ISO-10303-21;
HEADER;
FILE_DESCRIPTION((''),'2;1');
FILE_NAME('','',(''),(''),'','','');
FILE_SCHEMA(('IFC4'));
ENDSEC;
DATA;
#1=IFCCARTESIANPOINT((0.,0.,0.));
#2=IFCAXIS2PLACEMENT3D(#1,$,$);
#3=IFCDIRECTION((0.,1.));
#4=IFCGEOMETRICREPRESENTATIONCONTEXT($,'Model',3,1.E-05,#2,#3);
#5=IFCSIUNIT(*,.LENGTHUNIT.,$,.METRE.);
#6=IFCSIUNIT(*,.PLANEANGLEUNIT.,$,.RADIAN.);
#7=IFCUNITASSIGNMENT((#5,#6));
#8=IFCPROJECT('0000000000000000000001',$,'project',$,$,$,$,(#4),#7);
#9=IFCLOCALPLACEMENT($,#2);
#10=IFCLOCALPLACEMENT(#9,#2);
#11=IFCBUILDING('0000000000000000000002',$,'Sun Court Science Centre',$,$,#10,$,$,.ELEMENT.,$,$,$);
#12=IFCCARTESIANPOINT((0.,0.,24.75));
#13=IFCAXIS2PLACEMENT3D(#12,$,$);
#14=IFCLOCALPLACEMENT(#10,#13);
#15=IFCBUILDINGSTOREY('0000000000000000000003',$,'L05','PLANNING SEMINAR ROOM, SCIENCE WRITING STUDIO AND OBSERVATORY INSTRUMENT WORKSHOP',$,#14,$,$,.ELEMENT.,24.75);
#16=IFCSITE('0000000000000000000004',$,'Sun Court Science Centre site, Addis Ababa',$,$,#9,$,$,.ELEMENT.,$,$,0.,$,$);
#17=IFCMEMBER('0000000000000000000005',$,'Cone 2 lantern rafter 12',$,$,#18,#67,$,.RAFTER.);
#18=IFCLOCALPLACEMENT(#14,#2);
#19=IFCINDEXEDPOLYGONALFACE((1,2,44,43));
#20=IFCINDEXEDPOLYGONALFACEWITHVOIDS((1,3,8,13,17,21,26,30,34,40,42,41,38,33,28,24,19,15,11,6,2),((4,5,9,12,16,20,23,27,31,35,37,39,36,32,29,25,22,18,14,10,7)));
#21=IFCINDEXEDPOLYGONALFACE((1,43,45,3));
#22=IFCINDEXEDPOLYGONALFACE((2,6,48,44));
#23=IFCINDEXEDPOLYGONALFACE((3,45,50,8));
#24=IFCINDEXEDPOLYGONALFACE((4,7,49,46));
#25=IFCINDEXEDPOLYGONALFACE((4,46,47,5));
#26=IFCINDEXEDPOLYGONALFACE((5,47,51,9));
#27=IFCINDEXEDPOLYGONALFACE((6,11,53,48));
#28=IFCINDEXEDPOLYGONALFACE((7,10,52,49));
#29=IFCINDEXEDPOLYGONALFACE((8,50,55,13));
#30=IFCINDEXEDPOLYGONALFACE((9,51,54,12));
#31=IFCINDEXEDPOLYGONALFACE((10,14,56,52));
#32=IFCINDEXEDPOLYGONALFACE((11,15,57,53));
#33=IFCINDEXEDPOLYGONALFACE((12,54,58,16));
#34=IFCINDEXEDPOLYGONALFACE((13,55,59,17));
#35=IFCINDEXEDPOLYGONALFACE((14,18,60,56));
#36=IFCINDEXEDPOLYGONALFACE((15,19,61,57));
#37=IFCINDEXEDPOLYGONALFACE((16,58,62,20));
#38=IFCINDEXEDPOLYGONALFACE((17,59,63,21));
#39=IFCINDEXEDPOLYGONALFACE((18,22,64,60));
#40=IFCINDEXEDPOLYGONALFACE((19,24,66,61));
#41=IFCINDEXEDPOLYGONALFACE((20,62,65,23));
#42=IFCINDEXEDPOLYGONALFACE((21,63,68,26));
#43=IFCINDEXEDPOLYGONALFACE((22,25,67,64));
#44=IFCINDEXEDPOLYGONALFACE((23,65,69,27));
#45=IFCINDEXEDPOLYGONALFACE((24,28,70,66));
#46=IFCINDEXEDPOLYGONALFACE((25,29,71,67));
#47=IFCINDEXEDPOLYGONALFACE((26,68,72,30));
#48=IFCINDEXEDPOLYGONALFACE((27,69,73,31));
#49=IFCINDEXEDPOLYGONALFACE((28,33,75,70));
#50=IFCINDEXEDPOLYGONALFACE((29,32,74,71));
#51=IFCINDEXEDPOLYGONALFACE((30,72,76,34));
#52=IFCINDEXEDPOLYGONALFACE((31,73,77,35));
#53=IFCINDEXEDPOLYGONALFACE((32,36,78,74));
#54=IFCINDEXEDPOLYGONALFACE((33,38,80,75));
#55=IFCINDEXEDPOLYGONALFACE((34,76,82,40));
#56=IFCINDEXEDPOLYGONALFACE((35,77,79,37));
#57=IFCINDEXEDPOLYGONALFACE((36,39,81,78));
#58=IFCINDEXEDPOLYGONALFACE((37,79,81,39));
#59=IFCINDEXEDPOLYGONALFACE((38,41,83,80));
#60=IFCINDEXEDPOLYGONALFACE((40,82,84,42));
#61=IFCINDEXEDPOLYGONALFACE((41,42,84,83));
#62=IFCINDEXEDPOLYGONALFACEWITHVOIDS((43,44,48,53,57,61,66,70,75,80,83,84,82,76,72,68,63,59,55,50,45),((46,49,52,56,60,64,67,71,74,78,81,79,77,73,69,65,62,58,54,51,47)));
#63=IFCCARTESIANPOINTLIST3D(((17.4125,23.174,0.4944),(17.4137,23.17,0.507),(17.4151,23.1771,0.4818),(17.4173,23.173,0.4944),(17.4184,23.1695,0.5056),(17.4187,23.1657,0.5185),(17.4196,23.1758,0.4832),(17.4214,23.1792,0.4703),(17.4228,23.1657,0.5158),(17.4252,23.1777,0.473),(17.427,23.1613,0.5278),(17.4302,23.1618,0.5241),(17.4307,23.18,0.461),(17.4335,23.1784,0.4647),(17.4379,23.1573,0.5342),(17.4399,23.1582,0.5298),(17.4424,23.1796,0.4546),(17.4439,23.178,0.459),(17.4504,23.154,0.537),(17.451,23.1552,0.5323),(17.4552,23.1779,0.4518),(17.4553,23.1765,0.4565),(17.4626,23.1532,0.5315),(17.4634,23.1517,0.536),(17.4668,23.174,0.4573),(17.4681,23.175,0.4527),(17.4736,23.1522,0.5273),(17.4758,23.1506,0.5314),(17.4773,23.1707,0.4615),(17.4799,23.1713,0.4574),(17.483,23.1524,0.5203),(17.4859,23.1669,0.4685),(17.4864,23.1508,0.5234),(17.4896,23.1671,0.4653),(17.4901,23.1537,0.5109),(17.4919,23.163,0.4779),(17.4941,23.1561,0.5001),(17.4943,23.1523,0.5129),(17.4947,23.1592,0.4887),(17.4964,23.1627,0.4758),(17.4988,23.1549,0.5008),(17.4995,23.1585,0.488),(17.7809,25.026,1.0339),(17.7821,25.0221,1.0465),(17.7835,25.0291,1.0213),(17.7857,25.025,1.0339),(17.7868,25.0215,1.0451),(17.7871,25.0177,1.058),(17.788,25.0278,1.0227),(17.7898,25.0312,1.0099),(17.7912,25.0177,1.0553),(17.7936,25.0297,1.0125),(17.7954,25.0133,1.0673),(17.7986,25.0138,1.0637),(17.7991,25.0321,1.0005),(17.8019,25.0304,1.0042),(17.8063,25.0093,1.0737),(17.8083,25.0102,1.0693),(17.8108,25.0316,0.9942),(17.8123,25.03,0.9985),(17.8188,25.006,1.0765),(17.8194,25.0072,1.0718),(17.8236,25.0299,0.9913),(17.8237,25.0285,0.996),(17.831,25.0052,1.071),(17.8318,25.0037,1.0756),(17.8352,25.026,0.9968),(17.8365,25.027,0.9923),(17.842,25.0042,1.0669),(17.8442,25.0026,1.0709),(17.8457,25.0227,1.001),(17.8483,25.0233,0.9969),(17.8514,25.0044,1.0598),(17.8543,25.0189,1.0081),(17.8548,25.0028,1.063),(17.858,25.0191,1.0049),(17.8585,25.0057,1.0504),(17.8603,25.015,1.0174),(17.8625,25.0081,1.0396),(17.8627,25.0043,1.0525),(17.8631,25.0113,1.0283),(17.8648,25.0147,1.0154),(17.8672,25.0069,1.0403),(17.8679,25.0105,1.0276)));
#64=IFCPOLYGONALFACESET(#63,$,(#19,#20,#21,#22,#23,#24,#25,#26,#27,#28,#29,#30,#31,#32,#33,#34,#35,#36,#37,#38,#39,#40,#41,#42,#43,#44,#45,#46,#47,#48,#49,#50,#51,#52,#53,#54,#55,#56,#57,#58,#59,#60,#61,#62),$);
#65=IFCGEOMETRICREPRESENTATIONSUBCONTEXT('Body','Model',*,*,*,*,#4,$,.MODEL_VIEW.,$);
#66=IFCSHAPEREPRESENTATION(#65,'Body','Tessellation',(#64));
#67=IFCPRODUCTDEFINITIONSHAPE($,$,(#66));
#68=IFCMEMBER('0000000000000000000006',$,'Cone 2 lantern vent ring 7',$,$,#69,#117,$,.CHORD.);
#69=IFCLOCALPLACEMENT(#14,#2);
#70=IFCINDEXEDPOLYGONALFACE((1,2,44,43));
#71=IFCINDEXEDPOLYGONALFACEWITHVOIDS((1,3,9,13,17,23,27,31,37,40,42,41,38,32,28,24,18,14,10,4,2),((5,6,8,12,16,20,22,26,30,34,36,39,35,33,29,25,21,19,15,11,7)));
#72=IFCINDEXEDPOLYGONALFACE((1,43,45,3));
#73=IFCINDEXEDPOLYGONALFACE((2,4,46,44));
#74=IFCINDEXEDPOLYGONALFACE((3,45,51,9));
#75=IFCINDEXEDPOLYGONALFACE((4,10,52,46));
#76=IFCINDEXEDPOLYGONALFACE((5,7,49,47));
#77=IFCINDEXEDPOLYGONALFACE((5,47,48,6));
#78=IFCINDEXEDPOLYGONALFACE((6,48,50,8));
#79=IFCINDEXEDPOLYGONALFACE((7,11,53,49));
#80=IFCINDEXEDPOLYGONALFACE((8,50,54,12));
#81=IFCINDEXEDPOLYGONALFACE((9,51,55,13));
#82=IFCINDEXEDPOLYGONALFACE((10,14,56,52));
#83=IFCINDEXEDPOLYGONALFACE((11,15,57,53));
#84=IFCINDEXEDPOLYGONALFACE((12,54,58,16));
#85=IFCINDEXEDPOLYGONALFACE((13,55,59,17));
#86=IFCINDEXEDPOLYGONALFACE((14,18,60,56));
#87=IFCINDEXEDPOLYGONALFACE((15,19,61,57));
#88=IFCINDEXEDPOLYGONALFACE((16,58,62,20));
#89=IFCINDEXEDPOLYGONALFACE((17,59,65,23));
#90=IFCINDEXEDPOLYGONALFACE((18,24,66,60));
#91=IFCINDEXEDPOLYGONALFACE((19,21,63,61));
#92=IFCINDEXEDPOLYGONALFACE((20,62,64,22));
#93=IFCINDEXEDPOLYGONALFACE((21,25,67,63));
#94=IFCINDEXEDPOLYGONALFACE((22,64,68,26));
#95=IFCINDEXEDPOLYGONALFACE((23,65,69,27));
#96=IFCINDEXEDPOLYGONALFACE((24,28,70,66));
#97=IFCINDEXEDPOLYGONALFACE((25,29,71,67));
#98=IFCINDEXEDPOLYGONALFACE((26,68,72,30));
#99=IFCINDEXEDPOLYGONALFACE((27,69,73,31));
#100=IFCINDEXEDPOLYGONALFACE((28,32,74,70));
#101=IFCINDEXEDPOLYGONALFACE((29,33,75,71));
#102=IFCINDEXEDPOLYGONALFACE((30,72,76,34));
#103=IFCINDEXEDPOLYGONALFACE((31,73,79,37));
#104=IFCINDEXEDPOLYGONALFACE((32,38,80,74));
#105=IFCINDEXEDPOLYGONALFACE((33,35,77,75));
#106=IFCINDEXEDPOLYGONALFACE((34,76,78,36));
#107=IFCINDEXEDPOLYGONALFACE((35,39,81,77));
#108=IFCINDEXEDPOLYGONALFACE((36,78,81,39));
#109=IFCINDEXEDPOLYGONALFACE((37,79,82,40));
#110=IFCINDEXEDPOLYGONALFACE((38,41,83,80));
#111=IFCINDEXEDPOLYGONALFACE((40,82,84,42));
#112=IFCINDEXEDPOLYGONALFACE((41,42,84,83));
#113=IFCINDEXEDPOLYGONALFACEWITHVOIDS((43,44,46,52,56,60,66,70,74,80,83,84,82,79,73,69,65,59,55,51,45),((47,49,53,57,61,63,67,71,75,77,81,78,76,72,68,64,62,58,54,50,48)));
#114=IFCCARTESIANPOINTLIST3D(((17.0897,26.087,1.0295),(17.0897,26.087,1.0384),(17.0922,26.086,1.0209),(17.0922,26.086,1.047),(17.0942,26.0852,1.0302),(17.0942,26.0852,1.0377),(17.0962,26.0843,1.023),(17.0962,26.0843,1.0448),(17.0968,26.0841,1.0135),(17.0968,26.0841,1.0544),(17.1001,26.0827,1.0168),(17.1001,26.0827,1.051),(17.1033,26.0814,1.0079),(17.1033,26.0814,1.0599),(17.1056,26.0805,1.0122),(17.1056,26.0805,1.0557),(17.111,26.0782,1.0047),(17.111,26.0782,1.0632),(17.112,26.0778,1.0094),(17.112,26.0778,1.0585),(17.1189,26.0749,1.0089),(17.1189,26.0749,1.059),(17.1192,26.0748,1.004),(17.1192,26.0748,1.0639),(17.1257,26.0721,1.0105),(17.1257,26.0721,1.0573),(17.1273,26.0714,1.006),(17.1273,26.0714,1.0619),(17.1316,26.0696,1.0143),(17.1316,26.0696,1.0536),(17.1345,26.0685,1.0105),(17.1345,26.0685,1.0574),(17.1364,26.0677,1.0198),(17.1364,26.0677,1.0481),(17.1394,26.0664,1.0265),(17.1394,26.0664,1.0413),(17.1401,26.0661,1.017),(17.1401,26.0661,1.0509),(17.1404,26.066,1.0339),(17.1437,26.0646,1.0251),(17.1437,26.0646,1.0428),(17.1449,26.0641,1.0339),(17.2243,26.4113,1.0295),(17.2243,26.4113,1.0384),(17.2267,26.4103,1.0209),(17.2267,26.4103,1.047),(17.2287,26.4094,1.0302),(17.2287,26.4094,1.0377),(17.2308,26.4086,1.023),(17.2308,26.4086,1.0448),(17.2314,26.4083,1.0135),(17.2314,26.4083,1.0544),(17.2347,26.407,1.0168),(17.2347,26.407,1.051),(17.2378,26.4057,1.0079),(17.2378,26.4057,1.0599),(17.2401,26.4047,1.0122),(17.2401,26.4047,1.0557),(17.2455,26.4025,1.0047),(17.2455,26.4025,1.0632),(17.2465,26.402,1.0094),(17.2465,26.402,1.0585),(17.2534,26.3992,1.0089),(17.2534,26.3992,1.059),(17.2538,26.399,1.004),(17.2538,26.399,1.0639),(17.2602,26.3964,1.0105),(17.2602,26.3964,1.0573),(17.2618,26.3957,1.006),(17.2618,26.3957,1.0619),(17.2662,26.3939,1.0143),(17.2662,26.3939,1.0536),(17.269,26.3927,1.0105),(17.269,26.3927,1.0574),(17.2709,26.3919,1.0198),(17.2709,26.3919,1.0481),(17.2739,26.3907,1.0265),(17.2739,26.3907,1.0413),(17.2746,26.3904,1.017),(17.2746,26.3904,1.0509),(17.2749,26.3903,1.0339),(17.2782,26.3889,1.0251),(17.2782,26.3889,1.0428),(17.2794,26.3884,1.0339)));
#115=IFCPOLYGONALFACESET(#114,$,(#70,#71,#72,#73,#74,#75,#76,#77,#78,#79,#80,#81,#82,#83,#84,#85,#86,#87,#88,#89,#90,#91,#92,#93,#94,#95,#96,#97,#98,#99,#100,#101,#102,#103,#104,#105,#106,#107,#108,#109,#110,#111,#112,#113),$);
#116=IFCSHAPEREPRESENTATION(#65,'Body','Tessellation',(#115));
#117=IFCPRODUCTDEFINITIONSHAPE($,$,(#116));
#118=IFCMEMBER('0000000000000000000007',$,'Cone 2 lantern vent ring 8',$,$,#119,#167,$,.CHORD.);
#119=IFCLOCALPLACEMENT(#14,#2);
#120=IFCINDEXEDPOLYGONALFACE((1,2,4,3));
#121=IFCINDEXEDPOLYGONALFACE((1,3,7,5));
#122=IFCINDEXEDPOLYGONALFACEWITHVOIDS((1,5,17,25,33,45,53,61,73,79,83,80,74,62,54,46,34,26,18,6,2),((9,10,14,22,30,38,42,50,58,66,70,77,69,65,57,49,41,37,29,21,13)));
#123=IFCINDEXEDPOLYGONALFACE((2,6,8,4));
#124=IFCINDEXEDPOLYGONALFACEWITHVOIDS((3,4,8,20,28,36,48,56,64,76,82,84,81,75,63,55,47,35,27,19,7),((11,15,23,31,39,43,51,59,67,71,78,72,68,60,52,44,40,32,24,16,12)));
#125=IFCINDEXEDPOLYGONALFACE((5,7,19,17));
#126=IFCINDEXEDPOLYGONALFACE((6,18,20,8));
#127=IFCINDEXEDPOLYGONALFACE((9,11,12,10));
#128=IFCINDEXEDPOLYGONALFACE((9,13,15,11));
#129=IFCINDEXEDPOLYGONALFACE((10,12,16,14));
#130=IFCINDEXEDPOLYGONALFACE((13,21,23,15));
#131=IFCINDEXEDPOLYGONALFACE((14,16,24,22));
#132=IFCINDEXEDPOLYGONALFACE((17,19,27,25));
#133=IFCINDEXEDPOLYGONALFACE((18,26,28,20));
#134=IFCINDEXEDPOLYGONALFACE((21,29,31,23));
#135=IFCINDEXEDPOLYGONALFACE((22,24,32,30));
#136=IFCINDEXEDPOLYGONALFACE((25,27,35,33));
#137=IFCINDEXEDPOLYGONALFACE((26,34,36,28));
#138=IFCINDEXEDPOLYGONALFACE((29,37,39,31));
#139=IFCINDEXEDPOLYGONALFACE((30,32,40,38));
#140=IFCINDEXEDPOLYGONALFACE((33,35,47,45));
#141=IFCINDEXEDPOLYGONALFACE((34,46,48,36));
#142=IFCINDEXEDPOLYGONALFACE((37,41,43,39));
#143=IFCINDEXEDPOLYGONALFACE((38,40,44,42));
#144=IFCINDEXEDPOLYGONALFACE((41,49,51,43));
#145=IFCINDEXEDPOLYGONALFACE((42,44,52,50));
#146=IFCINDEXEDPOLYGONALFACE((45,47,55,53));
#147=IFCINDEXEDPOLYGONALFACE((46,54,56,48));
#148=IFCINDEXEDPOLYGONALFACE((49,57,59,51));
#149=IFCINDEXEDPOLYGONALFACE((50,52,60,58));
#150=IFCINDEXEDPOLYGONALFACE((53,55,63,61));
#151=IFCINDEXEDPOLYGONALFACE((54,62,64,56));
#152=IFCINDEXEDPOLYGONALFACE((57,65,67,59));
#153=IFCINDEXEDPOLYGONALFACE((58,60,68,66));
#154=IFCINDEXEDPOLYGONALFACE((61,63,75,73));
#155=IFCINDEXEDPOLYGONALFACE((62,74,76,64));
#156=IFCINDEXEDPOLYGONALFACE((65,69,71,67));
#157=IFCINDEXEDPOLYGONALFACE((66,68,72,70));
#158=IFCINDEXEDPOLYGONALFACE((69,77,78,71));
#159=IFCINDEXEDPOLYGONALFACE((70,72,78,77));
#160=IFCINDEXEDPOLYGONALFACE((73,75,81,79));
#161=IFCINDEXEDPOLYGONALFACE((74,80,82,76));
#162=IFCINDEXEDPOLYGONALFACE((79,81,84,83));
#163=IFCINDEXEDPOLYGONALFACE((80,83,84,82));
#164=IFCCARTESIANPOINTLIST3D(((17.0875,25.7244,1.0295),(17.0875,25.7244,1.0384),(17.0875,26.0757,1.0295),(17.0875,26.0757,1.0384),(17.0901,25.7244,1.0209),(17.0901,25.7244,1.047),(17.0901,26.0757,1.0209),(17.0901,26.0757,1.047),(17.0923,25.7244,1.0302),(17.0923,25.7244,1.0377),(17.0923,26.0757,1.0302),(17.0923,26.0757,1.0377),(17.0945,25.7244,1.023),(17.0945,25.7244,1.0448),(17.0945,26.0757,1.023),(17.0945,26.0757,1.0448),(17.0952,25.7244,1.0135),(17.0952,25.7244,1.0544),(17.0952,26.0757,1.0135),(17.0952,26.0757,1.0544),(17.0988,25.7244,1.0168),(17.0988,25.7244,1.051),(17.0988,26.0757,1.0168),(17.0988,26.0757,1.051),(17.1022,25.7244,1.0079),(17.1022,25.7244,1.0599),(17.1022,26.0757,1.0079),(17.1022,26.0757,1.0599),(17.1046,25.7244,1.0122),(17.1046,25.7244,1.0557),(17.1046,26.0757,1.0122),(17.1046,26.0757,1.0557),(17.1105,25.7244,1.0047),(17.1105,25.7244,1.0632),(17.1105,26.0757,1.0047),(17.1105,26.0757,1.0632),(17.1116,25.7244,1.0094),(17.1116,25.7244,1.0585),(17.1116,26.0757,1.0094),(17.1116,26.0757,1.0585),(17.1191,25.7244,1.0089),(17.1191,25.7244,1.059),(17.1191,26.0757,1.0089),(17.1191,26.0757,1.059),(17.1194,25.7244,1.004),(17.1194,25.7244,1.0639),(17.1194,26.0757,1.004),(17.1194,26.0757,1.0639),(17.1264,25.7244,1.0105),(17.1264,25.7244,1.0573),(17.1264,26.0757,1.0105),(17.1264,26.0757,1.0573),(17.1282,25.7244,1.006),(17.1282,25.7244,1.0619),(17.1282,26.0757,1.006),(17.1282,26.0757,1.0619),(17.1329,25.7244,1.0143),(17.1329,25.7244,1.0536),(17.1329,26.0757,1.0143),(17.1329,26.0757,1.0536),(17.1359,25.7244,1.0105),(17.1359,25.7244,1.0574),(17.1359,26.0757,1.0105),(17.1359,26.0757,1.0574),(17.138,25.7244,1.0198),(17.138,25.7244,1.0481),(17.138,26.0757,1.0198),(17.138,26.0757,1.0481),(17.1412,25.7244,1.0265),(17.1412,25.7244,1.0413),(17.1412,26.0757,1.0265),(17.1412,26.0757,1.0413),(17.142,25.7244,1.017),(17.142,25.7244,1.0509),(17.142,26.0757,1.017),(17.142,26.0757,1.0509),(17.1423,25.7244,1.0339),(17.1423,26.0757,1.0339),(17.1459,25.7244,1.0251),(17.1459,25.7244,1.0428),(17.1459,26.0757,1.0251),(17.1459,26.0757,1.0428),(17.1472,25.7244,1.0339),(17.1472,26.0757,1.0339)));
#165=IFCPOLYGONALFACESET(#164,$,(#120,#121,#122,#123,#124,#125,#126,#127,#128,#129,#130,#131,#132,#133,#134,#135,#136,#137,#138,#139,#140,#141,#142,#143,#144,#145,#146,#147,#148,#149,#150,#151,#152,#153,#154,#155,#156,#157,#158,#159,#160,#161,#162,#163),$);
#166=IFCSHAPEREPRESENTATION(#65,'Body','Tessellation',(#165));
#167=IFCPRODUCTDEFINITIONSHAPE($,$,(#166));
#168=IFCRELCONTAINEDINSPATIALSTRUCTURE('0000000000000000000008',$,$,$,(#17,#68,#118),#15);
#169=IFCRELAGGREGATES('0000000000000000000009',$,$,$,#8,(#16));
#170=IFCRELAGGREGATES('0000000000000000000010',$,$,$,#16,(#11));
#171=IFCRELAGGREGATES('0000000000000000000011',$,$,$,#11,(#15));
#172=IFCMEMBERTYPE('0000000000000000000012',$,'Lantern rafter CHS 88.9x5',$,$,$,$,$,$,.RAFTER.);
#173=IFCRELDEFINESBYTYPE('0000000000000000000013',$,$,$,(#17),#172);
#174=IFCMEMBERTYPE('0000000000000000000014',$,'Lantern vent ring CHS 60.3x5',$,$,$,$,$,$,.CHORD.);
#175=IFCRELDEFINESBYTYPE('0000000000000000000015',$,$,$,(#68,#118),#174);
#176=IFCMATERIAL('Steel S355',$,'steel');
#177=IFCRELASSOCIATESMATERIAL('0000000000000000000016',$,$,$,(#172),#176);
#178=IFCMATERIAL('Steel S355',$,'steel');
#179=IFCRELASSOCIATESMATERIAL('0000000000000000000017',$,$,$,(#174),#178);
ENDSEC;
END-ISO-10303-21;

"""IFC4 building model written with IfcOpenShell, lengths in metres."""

from ifc_helpers import new_model, si_unit, direction, frame, origin, origin_2d, place, context, subcontext, project, spatial, hollow_circle, extrude, material, material_profile, profile_set, type_object, element, save


model = new_model("IFC4")

# Units and contexts
model_context = context("Model", 3, precision=1e-05, world=origin(), true_north=direction((0.0, 1.0)))
body_context = subcontext(model_context, "Body", "Model", "MODEL_VIEW")
ifc_project = project(units=[si_unit("LENGTHUNIT", "METRE"), si_unit("PLANEANGLEUNIT", "RADIAN")], contexts=[model_context])

# Site, building, storey
site_placement = place(None, origin())
site = spatial("IfcSite", under=ifc_project, at=site_placement, Name="Sun Court Science Centre site, Addis Ababa", CompositionType="ELEMENT", RefElevation=0.0)
building_placement = place(site_placement, origin())
building = spatial("IfcBuilding", under=site, at=building_placement, Name="Sun Court Science Centre", CompositionType="ELEMENT")
storey_placement = place(building_placement, frame((0.0, 0.0, 24.75)))
storey = spatial("IfcBuildingStorey", under=building, at=storey_placement, Name="L05", Description="PLANNING SEMINAR ROOM, SCIENCE WRITING STUDIO AND OBSERVATORY INSTRUMENT WORKSHOP", CompositionType="ELEMENT", Elevation=24.75)

# Members
ifc_material_1 = material(Name="Steel S355", Category="steel")
ifc_material_profile_1 = material_profile(ifc_material_1, hollow_circle(Radius=0.0444, WallThickness=0.0049, at=origin_2d()), Name="CHS 88.9x5")
ifc_profile_set_1 = profile_set([ifc_material_profile_1], Name="Steel S355")
member_type_1 = type_object("IfcMemberType", Name="Lantern rafter CHS 88.9x5", PredefinedType="RAFTER", material=ifc_profile_set_1)
for number, where, z_axis, x_axis, name in (
    (1, (17.4561, 23.1653, 0.4944), (0.187589, 0.943044, 0.274733), (-0.980784, 0.195097, 0.0), "Cone 2 lantern rafter 12"),
):
    element("IfcMember", number, at=place(storey_placement, frame(where, z_axis=z_axis, x_axis=x_axis)), inside=storey, type_object=member_type_1, Name=name, PredefinedType="RAFTER", context=body_context, shape_type="SweptSolid", body=[
        extrude(hollow_circle(Radius=0.0444, WallThickness=0.0049, at=origin_2d()), origin(), (0.0, 0.0, 1.0), 1.9639),
    ])
ifc_material_2 = material(Name="Steel S355", Category="steel")
ifc_material_profile_2 = material_profile(ifc_material_2, hollow_circle(Radius=0.03, WallThickness=0.0049, at=origin_2d()), Name="CHS 60.3x5")
ifc_profile_set_2 = profile_set([ifc_material_profile_2], Name="Steel S355")
member_type_2 = type_object("IfcMemberType", Name="Lantern vent ring CHS 60.3x5", PredefinedType="CHORD", material=ifc_profile_set_2)
member_1_placement = place(storey_placement, frame((17.2517, 26.3999, 1.0339), z_axis=(-0.383232, -0.923652, 0.0), x_axis=(0.923652, -0.383232, 0.0)))
element("IfcMember", 2, at=member_1_placement, inside=storey, type_object=member_type_2, Name="Cone 2 lantern vent ring 7", PredefinedType="CHORD", context=body_context, shape_type="SweptSolid", body=[
    extrude(hollow_circle(Radius=0.03, WallThickness=0.0049, at=origin_2d()), origin(), (0.0, 0.0, 1.0), 0.3511),
])
for number, where, z_axis, x_axis, name in (
    (3, (17.1172, 26.0757, 1.0339), (0.0, -1.0, 0.0), (1.0, 0.0, 0.0), "Cone 2 lantern vent ring 8"),
):
    element("IfcMember", number, at=place(storey_placement, frame(where, z_axis=z_axis, x_axis=x_axis)), inside=storey, type_object=member_type_2, Name=name, PredefinedType="CHORD", context=body_context, shape_type="SweptSolid", body=[
        extrude(hollow_circle(Radius=0.03, WallThickness=0.0049, at=origin_2d()), origin(), (0.0, 0.0, 1.0), 0.3513),
    ])

save(model, "model.ifc")
